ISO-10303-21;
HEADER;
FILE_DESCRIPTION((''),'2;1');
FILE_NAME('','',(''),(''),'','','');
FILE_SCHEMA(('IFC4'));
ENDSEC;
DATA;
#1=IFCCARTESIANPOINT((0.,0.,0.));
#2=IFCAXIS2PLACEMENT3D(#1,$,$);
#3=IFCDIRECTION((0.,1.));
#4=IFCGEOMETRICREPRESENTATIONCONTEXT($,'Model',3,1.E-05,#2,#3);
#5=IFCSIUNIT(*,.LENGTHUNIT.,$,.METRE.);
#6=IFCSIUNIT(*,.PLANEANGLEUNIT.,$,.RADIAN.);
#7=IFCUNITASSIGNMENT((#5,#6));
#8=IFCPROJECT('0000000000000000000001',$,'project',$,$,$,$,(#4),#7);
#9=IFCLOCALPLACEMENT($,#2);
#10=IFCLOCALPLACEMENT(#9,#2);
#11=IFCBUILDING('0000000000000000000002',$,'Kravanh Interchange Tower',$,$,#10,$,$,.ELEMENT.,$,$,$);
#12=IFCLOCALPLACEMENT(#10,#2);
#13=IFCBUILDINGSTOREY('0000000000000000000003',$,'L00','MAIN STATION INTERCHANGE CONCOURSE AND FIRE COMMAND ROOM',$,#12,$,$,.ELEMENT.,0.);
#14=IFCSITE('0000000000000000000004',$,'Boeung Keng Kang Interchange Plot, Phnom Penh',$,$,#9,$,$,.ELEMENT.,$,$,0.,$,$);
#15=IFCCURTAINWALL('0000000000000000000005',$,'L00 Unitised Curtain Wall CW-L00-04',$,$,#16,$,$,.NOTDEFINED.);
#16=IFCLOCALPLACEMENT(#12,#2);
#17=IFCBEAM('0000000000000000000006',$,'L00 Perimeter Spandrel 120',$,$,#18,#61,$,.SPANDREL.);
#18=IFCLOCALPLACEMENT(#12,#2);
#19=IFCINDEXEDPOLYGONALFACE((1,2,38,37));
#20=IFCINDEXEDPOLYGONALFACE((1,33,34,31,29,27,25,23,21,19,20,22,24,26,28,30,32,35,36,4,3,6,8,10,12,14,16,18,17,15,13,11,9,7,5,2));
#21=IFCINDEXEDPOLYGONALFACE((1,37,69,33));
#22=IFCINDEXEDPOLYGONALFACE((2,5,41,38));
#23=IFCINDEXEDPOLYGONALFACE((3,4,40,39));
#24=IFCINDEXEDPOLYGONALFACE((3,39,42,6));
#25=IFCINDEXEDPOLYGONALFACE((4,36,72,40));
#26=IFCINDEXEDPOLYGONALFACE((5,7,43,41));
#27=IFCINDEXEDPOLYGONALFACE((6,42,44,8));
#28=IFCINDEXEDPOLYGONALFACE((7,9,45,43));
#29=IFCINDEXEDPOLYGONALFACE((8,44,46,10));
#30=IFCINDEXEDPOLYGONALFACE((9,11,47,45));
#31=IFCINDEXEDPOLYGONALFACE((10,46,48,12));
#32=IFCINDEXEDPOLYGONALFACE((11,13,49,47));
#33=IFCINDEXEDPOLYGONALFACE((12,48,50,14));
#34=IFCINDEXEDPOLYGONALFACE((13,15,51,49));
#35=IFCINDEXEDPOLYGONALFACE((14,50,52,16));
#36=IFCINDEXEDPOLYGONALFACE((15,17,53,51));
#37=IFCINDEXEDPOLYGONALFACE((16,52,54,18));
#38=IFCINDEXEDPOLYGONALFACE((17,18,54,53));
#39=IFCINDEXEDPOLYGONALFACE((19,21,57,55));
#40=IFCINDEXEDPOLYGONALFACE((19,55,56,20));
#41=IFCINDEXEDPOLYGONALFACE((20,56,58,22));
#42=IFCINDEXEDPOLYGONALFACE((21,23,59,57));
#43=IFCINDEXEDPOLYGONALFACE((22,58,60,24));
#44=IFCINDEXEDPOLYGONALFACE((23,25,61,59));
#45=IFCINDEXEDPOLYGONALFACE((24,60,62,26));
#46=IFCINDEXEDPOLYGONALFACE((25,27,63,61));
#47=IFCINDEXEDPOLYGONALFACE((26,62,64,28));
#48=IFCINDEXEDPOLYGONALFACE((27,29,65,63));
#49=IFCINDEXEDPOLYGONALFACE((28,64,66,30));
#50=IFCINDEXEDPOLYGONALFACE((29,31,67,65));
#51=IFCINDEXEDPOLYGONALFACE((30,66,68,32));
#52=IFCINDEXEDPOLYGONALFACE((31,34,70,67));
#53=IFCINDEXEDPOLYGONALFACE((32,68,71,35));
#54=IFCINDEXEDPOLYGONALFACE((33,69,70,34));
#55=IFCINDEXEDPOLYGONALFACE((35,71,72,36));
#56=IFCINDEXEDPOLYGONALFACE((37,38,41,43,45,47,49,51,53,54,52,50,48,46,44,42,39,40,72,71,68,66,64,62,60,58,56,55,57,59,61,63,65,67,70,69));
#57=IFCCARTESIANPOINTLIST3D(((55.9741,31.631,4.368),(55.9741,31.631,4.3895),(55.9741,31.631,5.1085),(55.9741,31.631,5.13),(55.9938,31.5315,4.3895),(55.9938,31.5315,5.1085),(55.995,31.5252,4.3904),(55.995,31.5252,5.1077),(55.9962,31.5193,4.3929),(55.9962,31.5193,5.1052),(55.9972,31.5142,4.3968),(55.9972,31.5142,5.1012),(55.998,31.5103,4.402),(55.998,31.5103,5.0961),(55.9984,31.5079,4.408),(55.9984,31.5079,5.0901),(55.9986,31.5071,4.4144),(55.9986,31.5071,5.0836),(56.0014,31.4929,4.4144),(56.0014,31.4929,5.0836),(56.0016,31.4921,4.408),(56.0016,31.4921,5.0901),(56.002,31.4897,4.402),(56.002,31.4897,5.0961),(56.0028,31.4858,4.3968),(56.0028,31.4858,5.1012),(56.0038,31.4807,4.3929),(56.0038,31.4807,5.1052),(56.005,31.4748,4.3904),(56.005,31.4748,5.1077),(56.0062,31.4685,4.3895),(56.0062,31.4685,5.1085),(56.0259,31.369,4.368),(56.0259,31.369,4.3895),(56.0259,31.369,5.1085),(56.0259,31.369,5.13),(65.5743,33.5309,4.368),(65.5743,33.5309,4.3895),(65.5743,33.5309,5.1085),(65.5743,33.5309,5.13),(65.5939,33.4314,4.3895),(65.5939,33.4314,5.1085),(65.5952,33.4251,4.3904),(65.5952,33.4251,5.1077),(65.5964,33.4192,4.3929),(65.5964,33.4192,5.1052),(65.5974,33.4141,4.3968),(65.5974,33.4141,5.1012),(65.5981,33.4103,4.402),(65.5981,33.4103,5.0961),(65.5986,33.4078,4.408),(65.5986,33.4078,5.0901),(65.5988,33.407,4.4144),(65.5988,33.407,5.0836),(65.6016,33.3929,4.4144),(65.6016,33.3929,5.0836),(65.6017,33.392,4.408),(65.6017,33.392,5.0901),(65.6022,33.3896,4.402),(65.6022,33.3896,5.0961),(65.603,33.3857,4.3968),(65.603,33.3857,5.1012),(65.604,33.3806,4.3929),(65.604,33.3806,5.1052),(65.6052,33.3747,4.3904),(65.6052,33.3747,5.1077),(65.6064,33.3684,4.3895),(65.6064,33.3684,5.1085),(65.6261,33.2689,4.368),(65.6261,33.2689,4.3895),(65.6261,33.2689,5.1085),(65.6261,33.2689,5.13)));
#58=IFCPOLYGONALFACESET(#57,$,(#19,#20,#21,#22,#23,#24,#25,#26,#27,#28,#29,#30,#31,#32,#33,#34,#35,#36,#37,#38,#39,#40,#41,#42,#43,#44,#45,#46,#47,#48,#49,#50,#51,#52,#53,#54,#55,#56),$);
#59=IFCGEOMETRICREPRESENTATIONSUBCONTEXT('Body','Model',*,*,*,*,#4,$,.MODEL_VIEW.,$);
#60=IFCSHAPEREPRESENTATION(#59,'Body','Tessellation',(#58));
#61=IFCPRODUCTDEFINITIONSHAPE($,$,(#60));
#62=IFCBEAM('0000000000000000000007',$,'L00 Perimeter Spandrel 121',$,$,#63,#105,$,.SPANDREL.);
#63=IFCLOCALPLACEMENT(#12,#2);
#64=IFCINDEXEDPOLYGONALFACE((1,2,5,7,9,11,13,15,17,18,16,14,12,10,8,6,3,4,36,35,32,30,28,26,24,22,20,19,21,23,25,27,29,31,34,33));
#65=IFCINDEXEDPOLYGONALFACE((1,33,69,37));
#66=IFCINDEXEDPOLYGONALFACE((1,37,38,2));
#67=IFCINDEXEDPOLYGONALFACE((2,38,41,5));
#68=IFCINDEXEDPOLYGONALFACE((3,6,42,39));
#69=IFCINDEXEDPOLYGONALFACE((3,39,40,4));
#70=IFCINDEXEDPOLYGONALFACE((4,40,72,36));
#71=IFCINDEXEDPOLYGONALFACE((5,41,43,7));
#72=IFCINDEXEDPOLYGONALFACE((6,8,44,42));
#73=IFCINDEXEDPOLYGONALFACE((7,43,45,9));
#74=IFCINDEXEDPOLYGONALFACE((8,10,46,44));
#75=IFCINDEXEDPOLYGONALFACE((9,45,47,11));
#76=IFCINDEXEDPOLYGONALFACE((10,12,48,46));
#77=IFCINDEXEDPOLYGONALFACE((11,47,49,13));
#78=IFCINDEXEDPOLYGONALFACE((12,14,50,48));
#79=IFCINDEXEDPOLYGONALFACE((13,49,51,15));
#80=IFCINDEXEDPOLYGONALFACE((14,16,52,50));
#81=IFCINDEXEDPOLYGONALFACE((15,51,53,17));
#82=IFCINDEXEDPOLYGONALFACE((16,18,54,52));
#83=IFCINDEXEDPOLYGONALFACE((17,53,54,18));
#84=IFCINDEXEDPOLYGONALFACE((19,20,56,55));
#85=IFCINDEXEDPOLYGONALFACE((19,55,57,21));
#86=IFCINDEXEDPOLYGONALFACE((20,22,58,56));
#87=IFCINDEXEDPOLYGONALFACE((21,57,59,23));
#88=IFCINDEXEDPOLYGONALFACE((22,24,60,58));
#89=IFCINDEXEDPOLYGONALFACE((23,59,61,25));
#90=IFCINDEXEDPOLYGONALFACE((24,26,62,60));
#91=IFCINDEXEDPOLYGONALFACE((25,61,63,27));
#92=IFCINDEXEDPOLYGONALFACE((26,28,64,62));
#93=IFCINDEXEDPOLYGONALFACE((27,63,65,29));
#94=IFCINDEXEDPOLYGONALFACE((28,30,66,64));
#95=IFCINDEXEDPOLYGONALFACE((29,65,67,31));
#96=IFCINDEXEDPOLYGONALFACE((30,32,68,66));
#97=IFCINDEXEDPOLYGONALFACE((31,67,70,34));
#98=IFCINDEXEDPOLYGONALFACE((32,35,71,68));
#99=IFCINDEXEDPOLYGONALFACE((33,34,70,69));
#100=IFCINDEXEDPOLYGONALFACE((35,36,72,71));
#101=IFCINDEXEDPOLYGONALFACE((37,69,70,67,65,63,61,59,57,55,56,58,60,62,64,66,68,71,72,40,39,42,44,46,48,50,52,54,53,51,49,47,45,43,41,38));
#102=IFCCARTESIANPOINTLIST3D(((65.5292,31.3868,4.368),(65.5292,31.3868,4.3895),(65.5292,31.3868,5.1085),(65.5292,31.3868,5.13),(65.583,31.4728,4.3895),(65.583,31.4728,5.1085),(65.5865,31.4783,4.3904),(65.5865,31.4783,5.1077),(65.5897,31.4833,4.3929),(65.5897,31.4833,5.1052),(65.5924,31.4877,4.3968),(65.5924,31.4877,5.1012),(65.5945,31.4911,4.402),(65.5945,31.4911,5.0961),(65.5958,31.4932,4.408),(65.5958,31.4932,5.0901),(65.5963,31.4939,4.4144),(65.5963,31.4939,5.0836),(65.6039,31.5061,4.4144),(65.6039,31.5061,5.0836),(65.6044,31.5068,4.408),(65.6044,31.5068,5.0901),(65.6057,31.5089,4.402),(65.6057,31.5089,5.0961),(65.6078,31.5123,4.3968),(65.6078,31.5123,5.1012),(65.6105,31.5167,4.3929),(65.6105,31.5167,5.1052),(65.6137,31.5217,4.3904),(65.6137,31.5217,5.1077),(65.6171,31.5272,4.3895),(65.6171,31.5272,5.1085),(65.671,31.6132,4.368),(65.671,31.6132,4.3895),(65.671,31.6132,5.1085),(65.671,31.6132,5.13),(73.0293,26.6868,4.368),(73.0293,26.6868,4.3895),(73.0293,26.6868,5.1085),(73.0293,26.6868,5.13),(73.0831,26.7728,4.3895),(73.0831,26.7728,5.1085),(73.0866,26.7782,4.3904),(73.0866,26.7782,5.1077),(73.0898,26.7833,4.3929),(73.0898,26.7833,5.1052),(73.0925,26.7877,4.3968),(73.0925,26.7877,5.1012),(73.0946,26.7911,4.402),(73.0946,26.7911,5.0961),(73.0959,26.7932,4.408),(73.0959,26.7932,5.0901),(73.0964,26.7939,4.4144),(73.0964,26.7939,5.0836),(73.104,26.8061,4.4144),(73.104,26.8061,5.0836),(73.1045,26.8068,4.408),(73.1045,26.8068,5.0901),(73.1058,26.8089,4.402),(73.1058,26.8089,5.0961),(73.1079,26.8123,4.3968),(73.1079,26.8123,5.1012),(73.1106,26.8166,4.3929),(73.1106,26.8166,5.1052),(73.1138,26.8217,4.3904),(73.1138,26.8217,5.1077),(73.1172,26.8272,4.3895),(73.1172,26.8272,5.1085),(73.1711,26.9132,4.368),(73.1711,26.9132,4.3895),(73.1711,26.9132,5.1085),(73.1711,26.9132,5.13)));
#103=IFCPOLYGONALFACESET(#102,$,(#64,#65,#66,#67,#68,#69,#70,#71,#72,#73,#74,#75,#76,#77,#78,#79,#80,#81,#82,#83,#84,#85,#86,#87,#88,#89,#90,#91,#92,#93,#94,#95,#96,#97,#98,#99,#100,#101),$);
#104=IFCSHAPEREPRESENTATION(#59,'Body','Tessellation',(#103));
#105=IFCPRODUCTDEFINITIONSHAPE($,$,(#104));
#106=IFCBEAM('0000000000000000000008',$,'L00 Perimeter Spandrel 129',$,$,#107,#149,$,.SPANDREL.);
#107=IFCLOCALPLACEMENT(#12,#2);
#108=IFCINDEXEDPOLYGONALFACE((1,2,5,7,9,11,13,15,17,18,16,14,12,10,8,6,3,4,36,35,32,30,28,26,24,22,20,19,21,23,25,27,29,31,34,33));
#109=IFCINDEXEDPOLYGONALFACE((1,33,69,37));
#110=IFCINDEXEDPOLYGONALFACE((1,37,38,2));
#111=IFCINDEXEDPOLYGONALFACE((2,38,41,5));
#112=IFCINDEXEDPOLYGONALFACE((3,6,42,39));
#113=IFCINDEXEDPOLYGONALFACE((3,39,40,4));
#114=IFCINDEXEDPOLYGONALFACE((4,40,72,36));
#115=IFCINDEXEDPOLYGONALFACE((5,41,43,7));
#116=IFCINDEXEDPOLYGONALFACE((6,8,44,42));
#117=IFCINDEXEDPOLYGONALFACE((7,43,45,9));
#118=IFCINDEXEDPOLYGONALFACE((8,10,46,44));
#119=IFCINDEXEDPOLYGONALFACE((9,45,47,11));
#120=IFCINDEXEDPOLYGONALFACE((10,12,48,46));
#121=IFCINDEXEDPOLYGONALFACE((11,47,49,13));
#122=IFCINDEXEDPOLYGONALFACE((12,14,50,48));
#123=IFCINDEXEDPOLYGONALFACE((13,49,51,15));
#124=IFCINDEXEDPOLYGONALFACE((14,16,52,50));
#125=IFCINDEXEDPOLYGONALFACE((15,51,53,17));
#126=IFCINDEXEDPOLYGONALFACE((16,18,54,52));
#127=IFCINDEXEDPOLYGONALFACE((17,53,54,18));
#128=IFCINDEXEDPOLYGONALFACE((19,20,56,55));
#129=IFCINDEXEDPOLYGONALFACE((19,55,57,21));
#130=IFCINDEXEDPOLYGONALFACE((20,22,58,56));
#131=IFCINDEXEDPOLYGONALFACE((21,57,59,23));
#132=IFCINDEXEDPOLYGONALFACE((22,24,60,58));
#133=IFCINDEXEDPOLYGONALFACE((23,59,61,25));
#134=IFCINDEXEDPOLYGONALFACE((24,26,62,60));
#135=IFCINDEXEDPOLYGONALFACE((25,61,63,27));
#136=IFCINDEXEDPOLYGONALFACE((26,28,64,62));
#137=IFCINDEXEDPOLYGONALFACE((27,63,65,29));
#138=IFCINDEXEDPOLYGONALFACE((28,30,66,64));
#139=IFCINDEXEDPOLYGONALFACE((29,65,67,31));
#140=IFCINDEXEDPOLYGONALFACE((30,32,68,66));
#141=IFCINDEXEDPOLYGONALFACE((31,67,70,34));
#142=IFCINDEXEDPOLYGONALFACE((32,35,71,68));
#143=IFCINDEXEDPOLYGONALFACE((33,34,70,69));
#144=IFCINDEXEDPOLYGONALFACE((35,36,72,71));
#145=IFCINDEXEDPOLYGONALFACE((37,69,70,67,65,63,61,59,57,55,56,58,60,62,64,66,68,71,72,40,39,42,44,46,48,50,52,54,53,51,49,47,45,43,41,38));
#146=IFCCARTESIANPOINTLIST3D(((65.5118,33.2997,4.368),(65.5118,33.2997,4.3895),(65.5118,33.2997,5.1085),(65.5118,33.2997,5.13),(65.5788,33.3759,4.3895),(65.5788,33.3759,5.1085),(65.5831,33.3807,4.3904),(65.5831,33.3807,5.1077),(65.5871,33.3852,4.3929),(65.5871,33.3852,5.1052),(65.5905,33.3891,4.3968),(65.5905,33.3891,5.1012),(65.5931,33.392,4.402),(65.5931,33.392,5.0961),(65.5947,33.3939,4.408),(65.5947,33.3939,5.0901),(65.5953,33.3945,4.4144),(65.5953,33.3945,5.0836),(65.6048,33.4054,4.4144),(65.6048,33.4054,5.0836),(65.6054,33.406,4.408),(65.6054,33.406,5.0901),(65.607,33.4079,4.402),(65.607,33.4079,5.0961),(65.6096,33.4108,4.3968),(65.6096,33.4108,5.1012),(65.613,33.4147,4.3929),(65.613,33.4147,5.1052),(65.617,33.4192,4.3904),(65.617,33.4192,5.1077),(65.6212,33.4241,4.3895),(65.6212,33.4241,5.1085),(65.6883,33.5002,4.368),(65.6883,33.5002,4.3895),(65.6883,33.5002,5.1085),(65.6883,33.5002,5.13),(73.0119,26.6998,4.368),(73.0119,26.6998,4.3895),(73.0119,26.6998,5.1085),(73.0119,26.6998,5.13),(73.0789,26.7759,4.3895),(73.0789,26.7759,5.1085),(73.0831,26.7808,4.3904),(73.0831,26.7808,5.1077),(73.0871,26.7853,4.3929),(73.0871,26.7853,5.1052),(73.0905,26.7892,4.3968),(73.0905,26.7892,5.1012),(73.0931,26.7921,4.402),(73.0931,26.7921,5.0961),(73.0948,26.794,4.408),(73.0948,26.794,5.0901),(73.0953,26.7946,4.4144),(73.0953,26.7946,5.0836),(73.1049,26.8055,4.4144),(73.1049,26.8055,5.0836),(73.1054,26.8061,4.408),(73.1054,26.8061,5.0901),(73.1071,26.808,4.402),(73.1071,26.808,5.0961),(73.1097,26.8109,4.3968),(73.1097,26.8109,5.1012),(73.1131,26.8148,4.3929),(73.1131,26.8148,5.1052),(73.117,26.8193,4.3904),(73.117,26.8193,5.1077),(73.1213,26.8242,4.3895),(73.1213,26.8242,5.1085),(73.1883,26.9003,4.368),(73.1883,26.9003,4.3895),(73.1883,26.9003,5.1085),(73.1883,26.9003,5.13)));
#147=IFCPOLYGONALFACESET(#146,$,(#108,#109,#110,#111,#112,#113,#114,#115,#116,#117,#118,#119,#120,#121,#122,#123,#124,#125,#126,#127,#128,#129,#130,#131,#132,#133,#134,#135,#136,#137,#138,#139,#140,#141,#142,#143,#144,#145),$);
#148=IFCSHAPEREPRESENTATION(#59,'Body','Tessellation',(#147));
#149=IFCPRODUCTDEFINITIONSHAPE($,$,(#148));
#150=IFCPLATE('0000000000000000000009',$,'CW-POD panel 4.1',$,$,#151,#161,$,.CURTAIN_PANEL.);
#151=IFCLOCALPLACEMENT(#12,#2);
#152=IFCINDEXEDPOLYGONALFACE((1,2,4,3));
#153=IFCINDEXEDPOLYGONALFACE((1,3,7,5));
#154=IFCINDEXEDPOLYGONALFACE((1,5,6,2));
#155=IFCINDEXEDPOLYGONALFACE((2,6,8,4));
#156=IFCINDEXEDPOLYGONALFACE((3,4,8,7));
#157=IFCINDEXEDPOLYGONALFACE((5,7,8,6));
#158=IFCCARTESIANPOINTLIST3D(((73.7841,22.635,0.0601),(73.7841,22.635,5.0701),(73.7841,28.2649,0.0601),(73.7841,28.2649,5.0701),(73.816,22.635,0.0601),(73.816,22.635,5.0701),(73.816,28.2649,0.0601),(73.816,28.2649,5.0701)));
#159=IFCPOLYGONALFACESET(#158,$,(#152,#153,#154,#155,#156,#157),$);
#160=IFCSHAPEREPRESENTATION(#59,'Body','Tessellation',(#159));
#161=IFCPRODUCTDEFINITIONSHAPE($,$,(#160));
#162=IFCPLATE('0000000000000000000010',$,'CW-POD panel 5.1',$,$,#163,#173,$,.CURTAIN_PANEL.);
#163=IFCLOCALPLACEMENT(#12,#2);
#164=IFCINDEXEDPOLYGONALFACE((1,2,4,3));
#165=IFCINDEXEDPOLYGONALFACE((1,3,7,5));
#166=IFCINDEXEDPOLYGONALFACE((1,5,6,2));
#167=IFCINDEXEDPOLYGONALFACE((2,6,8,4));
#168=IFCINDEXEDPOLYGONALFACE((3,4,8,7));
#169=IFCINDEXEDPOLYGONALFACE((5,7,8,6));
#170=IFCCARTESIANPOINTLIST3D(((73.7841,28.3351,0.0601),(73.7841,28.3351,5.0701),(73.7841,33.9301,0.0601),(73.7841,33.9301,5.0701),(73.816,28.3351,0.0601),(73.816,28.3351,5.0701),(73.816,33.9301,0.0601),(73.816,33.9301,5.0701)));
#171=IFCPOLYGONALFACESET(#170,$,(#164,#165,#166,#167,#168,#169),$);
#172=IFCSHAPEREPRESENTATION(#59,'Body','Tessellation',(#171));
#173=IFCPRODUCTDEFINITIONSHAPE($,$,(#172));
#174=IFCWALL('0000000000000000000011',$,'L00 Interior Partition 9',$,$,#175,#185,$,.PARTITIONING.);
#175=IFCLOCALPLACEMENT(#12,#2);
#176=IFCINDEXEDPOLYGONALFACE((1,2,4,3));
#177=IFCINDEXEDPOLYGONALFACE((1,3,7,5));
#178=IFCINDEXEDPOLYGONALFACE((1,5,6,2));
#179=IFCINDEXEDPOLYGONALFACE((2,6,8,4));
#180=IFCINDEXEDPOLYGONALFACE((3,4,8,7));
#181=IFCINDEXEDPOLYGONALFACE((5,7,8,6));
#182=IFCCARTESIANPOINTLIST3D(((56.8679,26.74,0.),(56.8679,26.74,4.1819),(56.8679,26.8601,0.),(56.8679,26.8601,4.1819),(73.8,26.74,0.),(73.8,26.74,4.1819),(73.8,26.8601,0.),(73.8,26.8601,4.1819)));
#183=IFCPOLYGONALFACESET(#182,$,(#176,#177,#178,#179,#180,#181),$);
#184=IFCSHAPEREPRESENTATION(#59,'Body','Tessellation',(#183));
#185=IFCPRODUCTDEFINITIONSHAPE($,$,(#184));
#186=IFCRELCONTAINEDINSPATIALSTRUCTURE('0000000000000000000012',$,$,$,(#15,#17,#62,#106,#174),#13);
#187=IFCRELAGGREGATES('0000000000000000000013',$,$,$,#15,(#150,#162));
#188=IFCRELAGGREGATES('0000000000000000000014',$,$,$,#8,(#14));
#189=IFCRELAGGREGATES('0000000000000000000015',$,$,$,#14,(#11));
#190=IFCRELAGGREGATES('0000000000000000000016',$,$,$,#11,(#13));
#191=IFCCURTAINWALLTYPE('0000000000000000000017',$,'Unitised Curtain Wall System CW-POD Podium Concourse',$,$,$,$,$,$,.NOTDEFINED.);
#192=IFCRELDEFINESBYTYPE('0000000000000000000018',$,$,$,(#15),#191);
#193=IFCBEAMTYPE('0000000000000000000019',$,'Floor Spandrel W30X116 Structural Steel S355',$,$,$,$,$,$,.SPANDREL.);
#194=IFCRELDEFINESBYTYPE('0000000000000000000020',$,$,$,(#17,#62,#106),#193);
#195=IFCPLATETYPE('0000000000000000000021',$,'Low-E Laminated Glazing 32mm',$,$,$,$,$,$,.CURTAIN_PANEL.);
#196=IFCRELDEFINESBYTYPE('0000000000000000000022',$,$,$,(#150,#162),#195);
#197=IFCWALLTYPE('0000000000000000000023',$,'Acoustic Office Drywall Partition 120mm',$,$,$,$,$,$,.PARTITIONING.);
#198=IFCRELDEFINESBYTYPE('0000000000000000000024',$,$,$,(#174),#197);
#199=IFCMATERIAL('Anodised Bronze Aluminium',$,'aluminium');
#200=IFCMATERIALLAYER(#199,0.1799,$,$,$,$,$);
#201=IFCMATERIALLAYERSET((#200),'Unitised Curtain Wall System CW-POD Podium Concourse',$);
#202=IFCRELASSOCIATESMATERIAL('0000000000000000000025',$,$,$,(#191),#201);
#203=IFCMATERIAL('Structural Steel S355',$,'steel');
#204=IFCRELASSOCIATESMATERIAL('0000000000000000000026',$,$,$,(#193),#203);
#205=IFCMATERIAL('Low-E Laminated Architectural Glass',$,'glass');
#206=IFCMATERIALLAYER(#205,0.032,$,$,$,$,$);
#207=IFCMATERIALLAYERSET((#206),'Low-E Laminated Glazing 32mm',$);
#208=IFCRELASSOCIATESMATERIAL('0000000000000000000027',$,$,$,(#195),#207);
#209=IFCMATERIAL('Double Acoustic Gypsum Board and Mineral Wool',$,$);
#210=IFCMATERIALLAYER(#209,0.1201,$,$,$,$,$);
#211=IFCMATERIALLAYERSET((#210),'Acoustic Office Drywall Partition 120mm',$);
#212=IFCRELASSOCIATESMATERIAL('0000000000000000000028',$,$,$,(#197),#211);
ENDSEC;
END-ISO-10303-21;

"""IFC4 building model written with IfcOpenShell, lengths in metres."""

from ifc_helpers import new_model, si_unit, direction, frame, frame_2d, origin, origin_2d, place, context, subcontext, project, spatial, rectangle, i_section, extrude, material, layer, layer_set, material_profile, profile_set, type_object, element, aggregate, save


model = new_model("IFC4")

# Units and contexts
model_context = context("Model", 3, precision=1e-05, world=origin(), true_north=direction((0.0, 1.0)))
body_context = subcontext(model_context, "Body", "Model", "MODEL_VIEW")
ifc_project = project(units=[si_unit("LENGTHUNIT", "METRE"), si_unit("PLANEANGLEUNIT", "RADIAN")], contexts=[model_context])

# Site, building, storey
site_placement = place(None, origin())
site = spatial("IfcSite", under=ifc_project, at=site_placement, Name="Boeung Keng Kang Interchange Plot, Phnom Penh", CompositionType="ELEMENT", RefElevation=0.0)
building_placement = place(site_placement, origin())
building = spatial("IfcBuilding", under=site, at=building_placement, Name="Kravanh Interchange Tower", CompositionType="ELEMENT")
storey_placement = place(building_placement, origin())
storey = spatial("IfcBuildingStorey", under=building, at=storey_placement, Name="L00", Description="MAIN STATION INTERCHANGE CONCOURSE AND FIRE COMMAND ROOM", CompositionType="ELEMENT", Elevation=0.0)

# Curtain wall
ifc_material_1 = material(Name="Anodised Bronze Aluminium", Category="aluminium")
ifc_layer_1 = layer(ifc_material_1, 0.1799)
ifc_layer_set_1 = layer_set([ifc_layer_1], Name="Unitised Curtain Wall System CW-POD Podium Concourse")
curtain_wall_type = type_object("IfcCurtainWallType", Name="Unitised Curtain Wall System CW-POD Podium Concourse", PredefinedType="NOTDEFINED", material=ifc_layer_set_1)
curtain_wall_placement = place(storey_placement, origin())
curtain_wall = element("IfcCurtainWall", 1, at=curtain_wall_placement, inside=storey, type_object=curtain_wall_type, Name="L00 Unitised Curtain Wall CW-L00-04", PredefinedType="NOTDEFINED")

# Beams
ifc_material_2 = material(Name="Structural Steel S355", Category="steel")
ifc_material_profile_1 = material_profile(ifc_material_2, i_section(OverallWidth=0.2671, OverallDepth=0.762, WebThickness=0.0144, FlangeThickness=0.0215, FilletRadius=0.0249, at=origin_2d()), Name="W30X116")
ifc_profile_set_1 = profile_set([ifc_material_profile_1], Name="Structural Steel S355")
beam_type_1 = type_object("IfcBeamType", Name="Floor Spandrel W30X116 Structural Steel S355", PredefinedType="SPANDREL", material=ifc_profile_set_1)
beam_1_placement = place(storey_placement, frame((56.0, 31.5, 4.749), z_axis=(0.980974, 0.194139, 0.0), x_axis=(-0.194139, 0.980974, 0.0)))
element("IfcBeam", 2, at=beam_1_placement, inside=storey, type_object=beam_type_1, Name="L00 Perimeter Spandrel 120", PredefinedType="SPANDREL", context=body_context, shape_type="SweptSolid", body=[
    extrude(i_section(OverallWidth=0.2671, OverallDepth=0.762, WebThickness=0.0144, FlangeThickness=0.0215, FilletRadius=0.0249, at=origin_2d()), origin(), (0.0, 0.0, 1.0), 9.7864),
])
beam_2_placement = place(storey_placement, frame((65.6001, 31.5, 4.749), z_axis=(0.847365, -0.53101, 0.0), x_axis=(0.53101, 0.847365, 0.0)))
element("IfcBeam", 3, at=beam_2_placement, inside=storey, type_object=beam_type_1, Name="L00 Perimeter Spandrel 121", PredefinedType="SPANDREL", context=body_context, shape_type="SweptSolid", body=[
    extrude(i_section(OverallWidth=0.2671, OverallDepth=0.762, WebThickness=0.0144, FlangeThickness=0.0215, FilletRadius=0.0249, at=origin_2d()), origin(), (0.0, 0.0, 1.0), 8.8511),
])
beam_3_placement = place(storey_placement, frame((73.1001, 26.8, 4.749), z_axis=(-0.750721, 0.66062, 0.0), x_axis=(-0.66062, -0.750721, 0.0)))
element("IfcBeam", 4, at=beam_3_placement, inside=storey, type_object=beam_type_1, Name="L00 Perimeter Spandrel 129", PredefinedType="SPANDREL", context=body_context, shape_type="SweptSolid", body=[
    extrude(i_section(OverallWidth=0.2671, OverallDepth=0.762, WebThickness=0.0144, FlangeThickness=0.0215, FilletRadius=0.0249, at=origin_2d()), origin(), (0.0, 0.0, 1.0), 9.9905),
])

# Plates
ifc_material_3 = material(Name="Low-E Laminated Architectural Glass", Category="glass")
ifc_layer_2 = layer(ifc_material_3, 0.032)
ifc_layer_set_2 = layer_set([ifc_layer_2], Name="Low-E Laminated Glazing 32mm")
plate_type = type_object("IfcPlateType", Name="Low-E Laminated Glazing 32mm", PredefinedType="CURTAIN_PANEL", material=ifc_layer_set_2)
plate_1_placement = place(storey_placement, frame((73.8, 25.45, 0.0601), z_axis=(0.0, 0.0, 1.0), x_axis=(0.0, 1.0, 0.0)))
plate_1 = element("IfcPlate", 5, at=plate_1_placement, type_object=plate_type, Name="CW-POD panel 4.1", PredefinedType="CURTAIN_PANEL", context=body_context, shape_type="SweptSolid", body=[
    extrude(rectangle(XDim=5.6299, YDim=0.032, at=origin_2d()), origin(), (0.0, 0.0, 1.0), 5.01),
])
plate_2_placement = place(storey_placement, frame((73.8, 31.1326, 0.0601), z_axis=(0.0, 0.0, 1.0), x_axis=(0.0, 1.0, 0.0)))
plate_2 = element("IfcPlate", 6, at=plate_2_placement, type_object=plate_type, Name="CW-POD panel 5.1", PredefinedType="CURTAIN_PANEL", context=body_context, shape_type="SweptSolid", body=[
    extrude(rectangle(XDim=5.595, YDim=0.032, at=origin_2d()), origin(), (0.0, 0.0, 1.0), 5.01),
])
aggregate(curtain_wall, [plate_1, plate_2])

# Wall
ifc_material_4 = material(Name="Double Acoustic Gypsum Board and Mineral Wool")
ifc_layer_3 = layer(ifc_material_4, 0.1201)
ifc_layer_set_3 = layer_set([ifc_layer_3], Name="Acoustic Office Drywall Partition 120mm")
wall_type = type_object("IfcWallType", Name="Acoustic Office Drywall Partition 120mm", PredefinedType="PARTITIONING", material=ifc_layer_set_3)
wall_placement = place(storey_placement, frame((56.8679, 26.8, 0.0), z_axis=(0.0, 0.0, 1.0), x_axis=(1.0, 0.0, 0.0)))
element("IfcWall", 7, at=wall_placement, inside=storey, type_object=wall_type, Name="L00 Interior Partition 9", PredefinedType="PARTITIONING", context=body_context, shape_type="SweptSolid", body=[
    extrude(rectangle(XDim=16.9321, YDim=0.1201, at=frame_2d((8.4661, 0.0))), origin(), (0.0, 0.0, 1.0), 4.1819),
])

save(model, "model.ifc")
